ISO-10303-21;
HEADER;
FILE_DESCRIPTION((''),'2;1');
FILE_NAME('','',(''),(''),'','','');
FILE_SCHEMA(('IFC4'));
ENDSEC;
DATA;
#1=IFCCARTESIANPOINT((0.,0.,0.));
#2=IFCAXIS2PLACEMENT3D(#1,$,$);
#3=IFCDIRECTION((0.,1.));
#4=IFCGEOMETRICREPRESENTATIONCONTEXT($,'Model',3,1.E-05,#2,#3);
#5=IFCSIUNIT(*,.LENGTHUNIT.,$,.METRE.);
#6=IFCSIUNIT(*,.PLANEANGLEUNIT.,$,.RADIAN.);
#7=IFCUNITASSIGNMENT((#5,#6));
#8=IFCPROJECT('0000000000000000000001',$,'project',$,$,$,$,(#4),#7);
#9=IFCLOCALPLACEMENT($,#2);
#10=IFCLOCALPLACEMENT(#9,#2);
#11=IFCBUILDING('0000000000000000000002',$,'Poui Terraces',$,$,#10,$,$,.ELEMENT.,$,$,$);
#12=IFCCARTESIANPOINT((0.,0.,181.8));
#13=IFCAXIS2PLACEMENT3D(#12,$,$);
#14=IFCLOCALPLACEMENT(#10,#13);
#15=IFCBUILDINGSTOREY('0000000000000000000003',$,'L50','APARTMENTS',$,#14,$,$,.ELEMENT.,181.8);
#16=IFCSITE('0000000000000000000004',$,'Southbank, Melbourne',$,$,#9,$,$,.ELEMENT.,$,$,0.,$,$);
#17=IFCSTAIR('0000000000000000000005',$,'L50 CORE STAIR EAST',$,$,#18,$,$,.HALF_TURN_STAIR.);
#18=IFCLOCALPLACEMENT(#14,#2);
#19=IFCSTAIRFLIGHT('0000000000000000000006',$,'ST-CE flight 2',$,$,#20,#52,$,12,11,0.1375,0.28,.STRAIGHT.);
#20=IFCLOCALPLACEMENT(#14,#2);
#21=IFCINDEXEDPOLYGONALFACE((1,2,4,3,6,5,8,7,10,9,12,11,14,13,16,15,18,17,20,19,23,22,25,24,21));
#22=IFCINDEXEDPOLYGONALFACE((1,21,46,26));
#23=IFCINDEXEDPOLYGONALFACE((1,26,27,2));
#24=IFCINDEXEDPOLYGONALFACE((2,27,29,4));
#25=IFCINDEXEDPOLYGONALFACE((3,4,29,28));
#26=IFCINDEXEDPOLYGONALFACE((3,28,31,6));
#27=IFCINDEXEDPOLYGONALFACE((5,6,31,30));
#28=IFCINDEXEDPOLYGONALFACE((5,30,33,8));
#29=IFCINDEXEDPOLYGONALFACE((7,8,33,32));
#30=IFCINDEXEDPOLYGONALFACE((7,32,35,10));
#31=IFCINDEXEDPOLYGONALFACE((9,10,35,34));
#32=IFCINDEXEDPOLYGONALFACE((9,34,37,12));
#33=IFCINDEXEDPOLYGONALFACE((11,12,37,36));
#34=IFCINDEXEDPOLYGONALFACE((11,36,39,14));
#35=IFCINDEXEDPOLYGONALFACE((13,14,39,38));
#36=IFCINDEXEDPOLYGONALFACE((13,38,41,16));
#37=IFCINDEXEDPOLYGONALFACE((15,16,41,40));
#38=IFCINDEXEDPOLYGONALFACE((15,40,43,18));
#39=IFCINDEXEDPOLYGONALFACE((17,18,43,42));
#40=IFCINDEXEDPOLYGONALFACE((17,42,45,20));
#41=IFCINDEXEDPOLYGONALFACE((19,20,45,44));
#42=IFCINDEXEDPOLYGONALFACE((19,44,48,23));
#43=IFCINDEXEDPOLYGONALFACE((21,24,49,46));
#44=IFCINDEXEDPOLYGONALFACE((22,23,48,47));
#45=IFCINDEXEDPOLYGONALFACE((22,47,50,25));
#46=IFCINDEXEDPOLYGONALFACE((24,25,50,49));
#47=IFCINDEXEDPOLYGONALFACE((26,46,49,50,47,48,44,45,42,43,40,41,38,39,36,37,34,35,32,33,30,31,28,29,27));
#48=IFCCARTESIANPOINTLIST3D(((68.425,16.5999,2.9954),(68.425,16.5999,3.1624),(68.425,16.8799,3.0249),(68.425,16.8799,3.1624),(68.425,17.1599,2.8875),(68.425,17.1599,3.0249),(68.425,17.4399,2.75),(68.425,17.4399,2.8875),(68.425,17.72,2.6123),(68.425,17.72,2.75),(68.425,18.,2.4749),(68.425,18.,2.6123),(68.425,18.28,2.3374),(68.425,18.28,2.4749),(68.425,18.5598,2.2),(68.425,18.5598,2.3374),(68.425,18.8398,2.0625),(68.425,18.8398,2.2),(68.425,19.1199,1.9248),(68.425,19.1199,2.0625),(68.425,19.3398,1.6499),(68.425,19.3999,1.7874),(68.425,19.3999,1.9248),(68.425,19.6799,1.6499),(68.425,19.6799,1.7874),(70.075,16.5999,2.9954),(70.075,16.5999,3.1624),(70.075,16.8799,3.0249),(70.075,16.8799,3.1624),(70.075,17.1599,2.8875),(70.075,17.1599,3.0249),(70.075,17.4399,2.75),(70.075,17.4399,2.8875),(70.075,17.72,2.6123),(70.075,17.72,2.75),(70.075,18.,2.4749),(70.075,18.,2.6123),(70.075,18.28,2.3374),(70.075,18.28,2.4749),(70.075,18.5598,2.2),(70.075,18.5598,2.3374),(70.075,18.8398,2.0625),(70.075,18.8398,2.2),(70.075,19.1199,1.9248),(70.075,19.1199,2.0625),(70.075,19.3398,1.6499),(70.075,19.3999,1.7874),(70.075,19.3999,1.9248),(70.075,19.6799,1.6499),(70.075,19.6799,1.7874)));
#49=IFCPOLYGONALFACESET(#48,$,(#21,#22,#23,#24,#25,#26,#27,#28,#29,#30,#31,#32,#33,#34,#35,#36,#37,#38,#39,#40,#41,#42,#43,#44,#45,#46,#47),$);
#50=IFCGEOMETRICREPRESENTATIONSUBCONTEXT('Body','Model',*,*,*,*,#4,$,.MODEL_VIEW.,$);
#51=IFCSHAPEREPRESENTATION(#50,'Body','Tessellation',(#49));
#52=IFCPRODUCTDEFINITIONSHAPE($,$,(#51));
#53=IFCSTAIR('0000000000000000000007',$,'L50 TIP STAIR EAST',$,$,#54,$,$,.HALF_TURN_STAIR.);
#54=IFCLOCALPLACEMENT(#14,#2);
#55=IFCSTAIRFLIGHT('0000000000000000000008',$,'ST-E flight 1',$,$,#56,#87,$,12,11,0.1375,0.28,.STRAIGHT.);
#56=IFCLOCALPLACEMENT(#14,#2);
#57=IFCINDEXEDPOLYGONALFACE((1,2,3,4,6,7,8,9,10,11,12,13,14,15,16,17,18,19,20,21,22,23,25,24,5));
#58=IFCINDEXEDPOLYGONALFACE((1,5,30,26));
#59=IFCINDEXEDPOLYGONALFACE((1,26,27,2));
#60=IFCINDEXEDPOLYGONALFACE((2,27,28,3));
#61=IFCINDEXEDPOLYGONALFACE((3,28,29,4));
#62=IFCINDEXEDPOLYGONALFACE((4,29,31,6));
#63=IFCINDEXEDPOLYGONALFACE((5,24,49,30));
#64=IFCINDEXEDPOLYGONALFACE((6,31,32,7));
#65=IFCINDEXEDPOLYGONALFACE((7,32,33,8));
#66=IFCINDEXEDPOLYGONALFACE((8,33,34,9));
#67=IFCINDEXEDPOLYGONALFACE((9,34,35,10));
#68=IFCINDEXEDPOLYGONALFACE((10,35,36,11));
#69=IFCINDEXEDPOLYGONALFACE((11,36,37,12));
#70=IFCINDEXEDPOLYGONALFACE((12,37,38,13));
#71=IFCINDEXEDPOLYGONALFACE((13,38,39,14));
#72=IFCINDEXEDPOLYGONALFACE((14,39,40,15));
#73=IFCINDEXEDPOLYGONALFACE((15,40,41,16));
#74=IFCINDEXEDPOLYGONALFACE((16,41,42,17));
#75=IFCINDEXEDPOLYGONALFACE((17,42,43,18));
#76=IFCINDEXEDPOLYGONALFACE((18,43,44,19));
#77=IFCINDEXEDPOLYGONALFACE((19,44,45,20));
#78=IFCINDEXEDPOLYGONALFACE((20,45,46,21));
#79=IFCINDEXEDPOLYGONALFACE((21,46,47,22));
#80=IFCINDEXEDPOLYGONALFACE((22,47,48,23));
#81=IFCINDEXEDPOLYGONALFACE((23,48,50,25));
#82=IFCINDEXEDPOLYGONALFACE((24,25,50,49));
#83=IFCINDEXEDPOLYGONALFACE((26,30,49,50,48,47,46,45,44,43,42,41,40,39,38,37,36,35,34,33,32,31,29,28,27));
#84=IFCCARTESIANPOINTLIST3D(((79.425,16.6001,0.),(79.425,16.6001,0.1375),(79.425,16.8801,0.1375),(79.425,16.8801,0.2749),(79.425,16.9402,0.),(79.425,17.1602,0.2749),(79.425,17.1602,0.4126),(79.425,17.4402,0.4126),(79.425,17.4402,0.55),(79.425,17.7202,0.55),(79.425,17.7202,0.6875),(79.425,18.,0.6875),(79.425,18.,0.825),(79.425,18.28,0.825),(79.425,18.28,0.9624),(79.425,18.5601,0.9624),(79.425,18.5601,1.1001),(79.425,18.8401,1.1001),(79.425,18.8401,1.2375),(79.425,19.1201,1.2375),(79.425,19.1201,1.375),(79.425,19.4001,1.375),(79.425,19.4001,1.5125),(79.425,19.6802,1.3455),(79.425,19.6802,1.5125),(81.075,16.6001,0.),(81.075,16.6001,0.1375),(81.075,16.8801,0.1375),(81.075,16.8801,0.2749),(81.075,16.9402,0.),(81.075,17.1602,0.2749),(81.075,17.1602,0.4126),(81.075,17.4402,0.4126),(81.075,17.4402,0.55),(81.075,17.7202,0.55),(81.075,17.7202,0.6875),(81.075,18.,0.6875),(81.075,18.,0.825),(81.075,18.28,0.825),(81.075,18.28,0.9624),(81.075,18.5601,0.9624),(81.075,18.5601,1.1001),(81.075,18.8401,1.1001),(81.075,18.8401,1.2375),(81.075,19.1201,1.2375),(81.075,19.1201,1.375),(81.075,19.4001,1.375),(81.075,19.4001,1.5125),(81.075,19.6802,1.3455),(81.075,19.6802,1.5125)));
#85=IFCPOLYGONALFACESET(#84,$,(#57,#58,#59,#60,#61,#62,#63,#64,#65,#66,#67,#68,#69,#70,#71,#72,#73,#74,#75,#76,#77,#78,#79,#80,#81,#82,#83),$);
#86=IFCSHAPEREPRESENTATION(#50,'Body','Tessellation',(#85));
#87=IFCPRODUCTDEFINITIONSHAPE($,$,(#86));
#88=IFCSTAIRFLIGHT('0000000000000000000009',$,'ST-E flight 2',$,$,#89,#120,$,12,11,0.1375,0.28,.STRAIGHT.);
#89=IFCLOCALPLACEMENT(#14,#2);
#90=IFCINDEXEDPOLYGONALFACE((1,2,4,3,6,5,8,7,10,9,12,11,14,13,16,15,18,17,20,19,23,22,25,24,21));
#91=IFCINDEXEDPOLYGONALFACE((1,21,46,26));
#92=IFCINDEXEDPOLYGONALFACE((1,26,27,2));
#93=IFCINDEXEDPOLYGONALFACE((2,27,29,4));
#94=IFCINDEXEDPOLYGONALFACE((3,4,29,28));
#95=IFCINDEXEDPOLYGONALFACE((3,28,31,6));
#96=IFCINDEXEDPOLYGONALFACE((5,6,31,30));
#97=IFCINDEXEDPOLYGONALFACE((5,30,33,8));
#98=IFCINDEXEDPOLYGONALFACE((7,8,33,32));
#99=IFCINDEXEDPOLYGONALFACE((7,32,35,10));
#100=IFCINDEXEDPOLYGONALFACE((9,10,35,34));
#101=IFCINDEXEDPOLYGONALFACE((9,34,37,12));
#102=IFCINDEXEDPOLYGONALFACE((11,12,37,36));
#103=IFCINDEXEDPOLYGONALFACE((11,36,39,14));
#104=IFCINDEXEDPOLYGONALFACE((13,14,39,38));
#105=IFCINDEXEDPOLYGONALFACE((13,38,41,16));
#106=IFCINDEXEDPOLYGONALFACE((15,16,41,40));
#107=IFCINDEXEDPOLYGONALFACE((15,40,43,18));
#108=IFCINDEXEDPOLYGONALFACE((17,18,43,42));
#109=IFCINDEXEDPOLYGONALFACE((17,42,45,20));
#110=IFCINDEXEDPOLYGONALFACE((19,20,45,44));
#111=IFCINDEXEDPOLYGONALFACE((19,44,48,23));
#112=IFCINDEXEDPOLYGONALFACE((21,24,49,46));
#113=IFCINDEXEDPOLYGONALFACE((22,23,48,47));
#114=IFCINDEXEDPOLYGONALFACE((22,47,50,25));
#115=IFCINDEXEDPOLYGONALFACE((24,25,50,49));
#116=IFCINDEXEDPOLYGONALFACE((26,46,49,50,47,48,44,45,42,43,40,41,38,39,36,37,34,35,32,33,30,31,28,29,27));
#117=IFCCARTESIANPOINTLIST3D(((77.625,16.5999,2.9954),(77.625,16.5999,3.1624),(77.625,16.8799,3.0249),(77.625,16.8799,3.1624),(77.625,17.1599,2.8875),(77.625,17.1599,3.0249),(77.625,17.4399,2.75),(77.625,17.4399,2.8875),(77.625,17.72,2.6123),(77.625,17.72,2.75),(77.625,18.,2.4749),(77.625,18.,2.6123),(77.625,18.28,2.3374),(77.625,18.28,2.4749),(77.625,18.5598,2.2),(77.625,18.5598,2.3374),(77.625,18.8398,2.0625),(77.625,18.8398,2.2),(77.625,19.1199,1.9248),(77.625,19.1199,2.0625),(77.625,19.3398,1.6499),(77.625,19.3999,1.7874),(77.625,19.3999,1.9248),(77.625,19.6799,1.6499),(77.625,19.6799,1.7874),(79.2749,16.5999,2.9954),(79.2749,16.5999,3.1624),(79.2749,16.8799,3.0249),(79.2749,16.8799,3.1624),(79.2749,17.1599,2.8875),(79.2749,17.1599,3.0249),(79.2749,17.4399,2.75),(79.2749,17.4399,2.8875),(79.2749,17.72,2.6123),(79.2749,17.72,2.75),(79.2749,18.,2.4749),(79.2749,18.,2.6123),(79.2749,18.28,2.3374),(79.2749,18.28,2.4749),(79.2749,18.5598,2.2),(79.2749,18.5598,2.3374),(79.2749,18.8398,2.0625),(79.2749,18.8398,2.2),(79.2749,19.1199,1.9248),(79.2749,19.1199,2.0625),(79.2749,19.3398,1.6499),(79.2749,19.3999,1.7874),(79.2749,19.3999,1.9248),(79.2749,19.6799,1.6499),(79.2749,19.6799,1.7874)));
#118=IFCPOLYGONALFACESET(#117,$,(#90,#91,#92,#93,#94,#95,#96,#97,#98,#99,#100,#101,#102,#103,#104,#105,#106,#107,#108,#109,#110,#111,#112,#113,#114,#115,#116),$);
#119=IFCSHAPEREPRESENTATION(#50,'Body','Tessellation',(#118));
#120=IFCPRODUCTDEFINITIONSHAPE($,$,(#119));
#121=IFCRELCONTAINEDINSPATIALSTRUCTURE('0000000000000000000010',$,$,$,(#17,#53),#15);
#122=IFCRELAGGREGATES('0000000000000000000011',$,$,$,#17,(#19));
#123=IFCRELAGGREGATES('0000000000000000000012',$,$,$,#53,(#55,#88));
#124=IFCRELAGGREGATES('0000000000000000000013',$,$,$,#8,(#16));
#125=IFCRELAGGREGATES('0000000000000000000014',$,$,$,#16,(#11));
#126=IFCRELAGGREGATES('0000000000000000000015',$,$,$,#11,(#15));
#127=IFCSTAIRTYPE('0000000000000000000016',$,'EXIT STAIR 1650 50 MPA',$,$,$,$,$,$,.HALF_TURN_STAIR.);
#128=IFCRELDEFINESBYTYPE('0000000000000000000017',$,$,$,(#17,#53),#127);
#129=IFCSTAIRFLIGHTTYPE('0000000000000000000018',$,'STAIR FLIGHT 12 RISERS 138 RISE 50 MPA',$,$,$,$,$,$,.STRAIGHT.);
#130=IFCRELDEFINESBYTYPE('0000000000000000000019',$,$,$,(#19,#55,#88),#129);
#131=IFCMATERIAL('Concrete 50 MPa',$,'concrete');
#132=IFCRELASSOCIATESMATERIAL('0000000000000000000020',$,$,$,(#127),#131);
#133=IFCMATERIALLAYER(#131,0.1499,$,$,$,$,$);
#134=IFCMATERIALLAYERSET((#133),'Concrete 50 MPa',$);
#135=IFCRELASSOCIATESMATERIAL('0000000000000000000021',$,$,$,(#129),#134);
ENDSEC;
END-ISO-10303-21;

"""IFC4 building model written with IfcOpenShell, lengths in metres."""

from ifc_helpers import new_model, si_unit, direction, frame, origin, place, context, subcontext, project, spatial, polyline, outline, extrude, material, layer, layer_set, type_object, element, aggregate, save


model = new_model("IFC4")

# Units and contexts
model_context = context("Model", 3, precision=1e-05, world=origin(), true_north=direction((0.0, 1.0)))
body_context = subcontext(model_context, "Body", "Model", "MODEL_VIEW")
ifc_project = project(units=[si_unit("LENGTHUNIT", "METRE"), si_unit("PLANEANGLEUNIT", "RADIAN")], contexts=[model_context])

# Site, building, storey
site_placement = place(None, origin())
site = spatial("IfcSite", under=ifc_project, at=site_placement, Name="Southbank, Melbourne", CompositionType="ELEMENT", RefElevation=0.0)
building_placement = place(site_placement, origin())
building = spatial("IfcBuilding", under=site, at=building_placement, Name="Poui Terraces", CompositionType="ELEMENT")
storey_placement = place(building_placement, frame((0.0, 0.0, 181.8)))
storey = spatial("IfcBuildingStorey", under=building, at=storey_placement, Name="L50", Description="APARTMENTS", CompositionType="ELEMENT", Elevation=181.8)

# Shared definitions
ifc_material_1 = material(Name="Concrete 50 MPa", Category="concrete")

# Stairs, stair flights
stair_type = type_object("IfcStairType", Name="EXIT STAIR 1650 50 MPA", PredefinedType="HALF_TURN_STAIR", material=ifc_material_1)
stair_1_placement = place(storey_placement, origin())
stair_1 = element("IfcStair", 1, at=stair_1_placement, inside=storey, type_object=stair_type, Name="L50 CORE STAIR EAST", PredefinedType="HALF_TURN_STAIR")
ifc_layer_1 = layer(ifc_material_1, 0.1499)
ifc_layer_set_1 = layer_set([ifc_layer_1], Name="Concrete 50 MPa")
stair_flight_type = type_object("IfcStairFlightType", Name="STAIR FLIGHT 12 RISERS 138 RISE 50 MPA", PredefinedType="STRAIGHT", material=ifc_layer_set_1)
stair_flight_1_placement = place(storey_placement, frame((69.25, 19.6799, 1.6499), z_axis=(0.0, 0.0, 1.0), x_axis=(0.0, -1.0, 0.0)))
stair_flight_1 = element("IfcStairFlight", 2, at=stair_flight_1_placement, type_object=stair_flight_type, Name="ST-CE flight 2", NumberOfRisers=12, NumberOfTreads=11, PredefinedType="STRAIGHT", RiserHeight=0.1375, TreadLength=0.28, context=body_context, shape_type="SweptSolid", body=[
    extrude(outline(polyline([(0.0, 0.0), (0.0, 0.1375), (0.28, 0.1375), (0.28, 0.2749), (0.5601, 0.2749), (0.5601, 0.4126), (0.8401, 0.4126), (0.8401, 0.55), (1.1201, 0.55), (1.1201, 0.6875), (1.3999, 0.6875), (1.3999, 0.825), (1.6799, 0.825), (1.6799, 0.9624), (1.96, 0.9624), (1.96, 1.1001), (2.24, 1.1001), (2.24, 1.2375), (2.52, 1.2375), (2.52, 1.375), (2.8, 1.375), (2.8, 1.5125), (3.0801, 1.5125), (3.0801, 1.6499), (3.0801, 1.3455), (0.3401, 0.0), (0.0, 0.0)])), frame((0.0, 0.825, 0.0), z_axis=(0.0, -1.0, 0.0), x_axis=(1.0, 0.0, 0.0)), (0.0, 0.0, 1.0), 1.6499),
])
aggregate(stair_1, [stair_flight_1])
stair_2_placement = place(storey_placement, origin())
stair_2 = element("IfcStair", 3, at=stair_2_placement, inside=storey, type_object=stair_type, Name="L50 TIP STAIR EAST", PredefinedType="HALF_TURN_STAIR")
stair_flight_2_placement = place(storey_placement, frame((80.25, 16.6001, 0.0), z_axis=(0.0, 0.0, 1.0), x_axis=(0.0, 1.0, 0.0)))
stair_flight_2 = element("IfcStairFlight", 4, at=stair_flight_2_placement, type_object=stair_flight_type, Name="ST-E flight 1", NumberOfRisers=12, NumberOfTreads=11, PredefinedType="STRAIGHT", RiserHeight=0.1375, TreadLength=0.28, context=body_context, shape_type="SweptSolid", body=[
    extrude(outline(polyline([(0.0, 0.0), (0.0, 0.1375), (0.28, 0.1375), (0.28, 0.2749), (0.5601, 0.2749), (0.5601, 0.4126), (0.8401, 0.4126), (0.8401, 0.55), (1.1201, 0.55), (1.1201, 0.6875), (1.3999, 0.6875), (1.3999, 0.825), (1.6799, 0.825), (1.6799, 0.9624), (1.96, 0.9624), (1.96, 1.1001), (2.24, 1.1001), (2.24, 1.2375), (2.52, 1.2375), (2.52, 1.375), (2.8, 1.375), (2.8, 1.5125), (3.0801, 1.5125), (3.0801, 1.6499), (3.0801, 1.3455), (0.3401, 0.0), (0.0, 0.0)])), frame((0.0, 0.825, 0.0), z_axis=(0.0, -1.0, 0.0), x_axis=(1.0, 0.0, 0.0)), (0.0, 0.0, 1.0), 1.6499),
])
stair_flight_3_placement = place(storey_placement, frame((78.45, 19.6799, 1.6499), z_axis=(0.0, 0.0, 1.0), x_axis=(0.0, -1.0, 0.0)))
stair_flight_3 = element("IfcStairFlight", 5, at=stair_flight_3_placement, type_object=stair_flight_type, Name="ST-E flight 2", NumberOfRisers=12, NumberOfTreads=11, PredefinedType="STRAIGHT", RiserHeight=0.1375, TreadLength=0.28, context=body_context, shape_type="SweptSolid", body=[
    extrude(outline(polyline([(0.0, 0.0), (0.0, 0.1375), (0.28, 0.1375), (0.28, 0.2749), (0.5601, 0.2749), (0.5601, 0.4126), (0.8401, 0.4126), (0.8401, 0.55), (1.1201, 0.55), (1.1201, 0.6875), (1.3999, 0.6875), (1.3999, 0.825), (1.6799, 0.825), (1.6799, 0.9624), (1.96, 0.9624), (1.96, 1.1001), (2.24, 1.1001), (2.24, 1.2375), (2.52, 1.2375), (2.52, 1.375), (2.8, 1.375), (2.8, 1.5125), (3.0801, 1.5125), (3.0801, 1.6499), (3.0801, 1.3455), (0.3401, 0.0), (0.0, 0.0)])), frame((0.0, 0.825, 0.0), z_axis=(0.0, -1.0, 0.0), x_axis=(1.0, 0.0, 0.0)), (0.0, 0.0, 1.0), 1.6499),
])
aggregate(stair_2, [stair_flight_2, stair_flight_3])

save(model, "model.ifc")
